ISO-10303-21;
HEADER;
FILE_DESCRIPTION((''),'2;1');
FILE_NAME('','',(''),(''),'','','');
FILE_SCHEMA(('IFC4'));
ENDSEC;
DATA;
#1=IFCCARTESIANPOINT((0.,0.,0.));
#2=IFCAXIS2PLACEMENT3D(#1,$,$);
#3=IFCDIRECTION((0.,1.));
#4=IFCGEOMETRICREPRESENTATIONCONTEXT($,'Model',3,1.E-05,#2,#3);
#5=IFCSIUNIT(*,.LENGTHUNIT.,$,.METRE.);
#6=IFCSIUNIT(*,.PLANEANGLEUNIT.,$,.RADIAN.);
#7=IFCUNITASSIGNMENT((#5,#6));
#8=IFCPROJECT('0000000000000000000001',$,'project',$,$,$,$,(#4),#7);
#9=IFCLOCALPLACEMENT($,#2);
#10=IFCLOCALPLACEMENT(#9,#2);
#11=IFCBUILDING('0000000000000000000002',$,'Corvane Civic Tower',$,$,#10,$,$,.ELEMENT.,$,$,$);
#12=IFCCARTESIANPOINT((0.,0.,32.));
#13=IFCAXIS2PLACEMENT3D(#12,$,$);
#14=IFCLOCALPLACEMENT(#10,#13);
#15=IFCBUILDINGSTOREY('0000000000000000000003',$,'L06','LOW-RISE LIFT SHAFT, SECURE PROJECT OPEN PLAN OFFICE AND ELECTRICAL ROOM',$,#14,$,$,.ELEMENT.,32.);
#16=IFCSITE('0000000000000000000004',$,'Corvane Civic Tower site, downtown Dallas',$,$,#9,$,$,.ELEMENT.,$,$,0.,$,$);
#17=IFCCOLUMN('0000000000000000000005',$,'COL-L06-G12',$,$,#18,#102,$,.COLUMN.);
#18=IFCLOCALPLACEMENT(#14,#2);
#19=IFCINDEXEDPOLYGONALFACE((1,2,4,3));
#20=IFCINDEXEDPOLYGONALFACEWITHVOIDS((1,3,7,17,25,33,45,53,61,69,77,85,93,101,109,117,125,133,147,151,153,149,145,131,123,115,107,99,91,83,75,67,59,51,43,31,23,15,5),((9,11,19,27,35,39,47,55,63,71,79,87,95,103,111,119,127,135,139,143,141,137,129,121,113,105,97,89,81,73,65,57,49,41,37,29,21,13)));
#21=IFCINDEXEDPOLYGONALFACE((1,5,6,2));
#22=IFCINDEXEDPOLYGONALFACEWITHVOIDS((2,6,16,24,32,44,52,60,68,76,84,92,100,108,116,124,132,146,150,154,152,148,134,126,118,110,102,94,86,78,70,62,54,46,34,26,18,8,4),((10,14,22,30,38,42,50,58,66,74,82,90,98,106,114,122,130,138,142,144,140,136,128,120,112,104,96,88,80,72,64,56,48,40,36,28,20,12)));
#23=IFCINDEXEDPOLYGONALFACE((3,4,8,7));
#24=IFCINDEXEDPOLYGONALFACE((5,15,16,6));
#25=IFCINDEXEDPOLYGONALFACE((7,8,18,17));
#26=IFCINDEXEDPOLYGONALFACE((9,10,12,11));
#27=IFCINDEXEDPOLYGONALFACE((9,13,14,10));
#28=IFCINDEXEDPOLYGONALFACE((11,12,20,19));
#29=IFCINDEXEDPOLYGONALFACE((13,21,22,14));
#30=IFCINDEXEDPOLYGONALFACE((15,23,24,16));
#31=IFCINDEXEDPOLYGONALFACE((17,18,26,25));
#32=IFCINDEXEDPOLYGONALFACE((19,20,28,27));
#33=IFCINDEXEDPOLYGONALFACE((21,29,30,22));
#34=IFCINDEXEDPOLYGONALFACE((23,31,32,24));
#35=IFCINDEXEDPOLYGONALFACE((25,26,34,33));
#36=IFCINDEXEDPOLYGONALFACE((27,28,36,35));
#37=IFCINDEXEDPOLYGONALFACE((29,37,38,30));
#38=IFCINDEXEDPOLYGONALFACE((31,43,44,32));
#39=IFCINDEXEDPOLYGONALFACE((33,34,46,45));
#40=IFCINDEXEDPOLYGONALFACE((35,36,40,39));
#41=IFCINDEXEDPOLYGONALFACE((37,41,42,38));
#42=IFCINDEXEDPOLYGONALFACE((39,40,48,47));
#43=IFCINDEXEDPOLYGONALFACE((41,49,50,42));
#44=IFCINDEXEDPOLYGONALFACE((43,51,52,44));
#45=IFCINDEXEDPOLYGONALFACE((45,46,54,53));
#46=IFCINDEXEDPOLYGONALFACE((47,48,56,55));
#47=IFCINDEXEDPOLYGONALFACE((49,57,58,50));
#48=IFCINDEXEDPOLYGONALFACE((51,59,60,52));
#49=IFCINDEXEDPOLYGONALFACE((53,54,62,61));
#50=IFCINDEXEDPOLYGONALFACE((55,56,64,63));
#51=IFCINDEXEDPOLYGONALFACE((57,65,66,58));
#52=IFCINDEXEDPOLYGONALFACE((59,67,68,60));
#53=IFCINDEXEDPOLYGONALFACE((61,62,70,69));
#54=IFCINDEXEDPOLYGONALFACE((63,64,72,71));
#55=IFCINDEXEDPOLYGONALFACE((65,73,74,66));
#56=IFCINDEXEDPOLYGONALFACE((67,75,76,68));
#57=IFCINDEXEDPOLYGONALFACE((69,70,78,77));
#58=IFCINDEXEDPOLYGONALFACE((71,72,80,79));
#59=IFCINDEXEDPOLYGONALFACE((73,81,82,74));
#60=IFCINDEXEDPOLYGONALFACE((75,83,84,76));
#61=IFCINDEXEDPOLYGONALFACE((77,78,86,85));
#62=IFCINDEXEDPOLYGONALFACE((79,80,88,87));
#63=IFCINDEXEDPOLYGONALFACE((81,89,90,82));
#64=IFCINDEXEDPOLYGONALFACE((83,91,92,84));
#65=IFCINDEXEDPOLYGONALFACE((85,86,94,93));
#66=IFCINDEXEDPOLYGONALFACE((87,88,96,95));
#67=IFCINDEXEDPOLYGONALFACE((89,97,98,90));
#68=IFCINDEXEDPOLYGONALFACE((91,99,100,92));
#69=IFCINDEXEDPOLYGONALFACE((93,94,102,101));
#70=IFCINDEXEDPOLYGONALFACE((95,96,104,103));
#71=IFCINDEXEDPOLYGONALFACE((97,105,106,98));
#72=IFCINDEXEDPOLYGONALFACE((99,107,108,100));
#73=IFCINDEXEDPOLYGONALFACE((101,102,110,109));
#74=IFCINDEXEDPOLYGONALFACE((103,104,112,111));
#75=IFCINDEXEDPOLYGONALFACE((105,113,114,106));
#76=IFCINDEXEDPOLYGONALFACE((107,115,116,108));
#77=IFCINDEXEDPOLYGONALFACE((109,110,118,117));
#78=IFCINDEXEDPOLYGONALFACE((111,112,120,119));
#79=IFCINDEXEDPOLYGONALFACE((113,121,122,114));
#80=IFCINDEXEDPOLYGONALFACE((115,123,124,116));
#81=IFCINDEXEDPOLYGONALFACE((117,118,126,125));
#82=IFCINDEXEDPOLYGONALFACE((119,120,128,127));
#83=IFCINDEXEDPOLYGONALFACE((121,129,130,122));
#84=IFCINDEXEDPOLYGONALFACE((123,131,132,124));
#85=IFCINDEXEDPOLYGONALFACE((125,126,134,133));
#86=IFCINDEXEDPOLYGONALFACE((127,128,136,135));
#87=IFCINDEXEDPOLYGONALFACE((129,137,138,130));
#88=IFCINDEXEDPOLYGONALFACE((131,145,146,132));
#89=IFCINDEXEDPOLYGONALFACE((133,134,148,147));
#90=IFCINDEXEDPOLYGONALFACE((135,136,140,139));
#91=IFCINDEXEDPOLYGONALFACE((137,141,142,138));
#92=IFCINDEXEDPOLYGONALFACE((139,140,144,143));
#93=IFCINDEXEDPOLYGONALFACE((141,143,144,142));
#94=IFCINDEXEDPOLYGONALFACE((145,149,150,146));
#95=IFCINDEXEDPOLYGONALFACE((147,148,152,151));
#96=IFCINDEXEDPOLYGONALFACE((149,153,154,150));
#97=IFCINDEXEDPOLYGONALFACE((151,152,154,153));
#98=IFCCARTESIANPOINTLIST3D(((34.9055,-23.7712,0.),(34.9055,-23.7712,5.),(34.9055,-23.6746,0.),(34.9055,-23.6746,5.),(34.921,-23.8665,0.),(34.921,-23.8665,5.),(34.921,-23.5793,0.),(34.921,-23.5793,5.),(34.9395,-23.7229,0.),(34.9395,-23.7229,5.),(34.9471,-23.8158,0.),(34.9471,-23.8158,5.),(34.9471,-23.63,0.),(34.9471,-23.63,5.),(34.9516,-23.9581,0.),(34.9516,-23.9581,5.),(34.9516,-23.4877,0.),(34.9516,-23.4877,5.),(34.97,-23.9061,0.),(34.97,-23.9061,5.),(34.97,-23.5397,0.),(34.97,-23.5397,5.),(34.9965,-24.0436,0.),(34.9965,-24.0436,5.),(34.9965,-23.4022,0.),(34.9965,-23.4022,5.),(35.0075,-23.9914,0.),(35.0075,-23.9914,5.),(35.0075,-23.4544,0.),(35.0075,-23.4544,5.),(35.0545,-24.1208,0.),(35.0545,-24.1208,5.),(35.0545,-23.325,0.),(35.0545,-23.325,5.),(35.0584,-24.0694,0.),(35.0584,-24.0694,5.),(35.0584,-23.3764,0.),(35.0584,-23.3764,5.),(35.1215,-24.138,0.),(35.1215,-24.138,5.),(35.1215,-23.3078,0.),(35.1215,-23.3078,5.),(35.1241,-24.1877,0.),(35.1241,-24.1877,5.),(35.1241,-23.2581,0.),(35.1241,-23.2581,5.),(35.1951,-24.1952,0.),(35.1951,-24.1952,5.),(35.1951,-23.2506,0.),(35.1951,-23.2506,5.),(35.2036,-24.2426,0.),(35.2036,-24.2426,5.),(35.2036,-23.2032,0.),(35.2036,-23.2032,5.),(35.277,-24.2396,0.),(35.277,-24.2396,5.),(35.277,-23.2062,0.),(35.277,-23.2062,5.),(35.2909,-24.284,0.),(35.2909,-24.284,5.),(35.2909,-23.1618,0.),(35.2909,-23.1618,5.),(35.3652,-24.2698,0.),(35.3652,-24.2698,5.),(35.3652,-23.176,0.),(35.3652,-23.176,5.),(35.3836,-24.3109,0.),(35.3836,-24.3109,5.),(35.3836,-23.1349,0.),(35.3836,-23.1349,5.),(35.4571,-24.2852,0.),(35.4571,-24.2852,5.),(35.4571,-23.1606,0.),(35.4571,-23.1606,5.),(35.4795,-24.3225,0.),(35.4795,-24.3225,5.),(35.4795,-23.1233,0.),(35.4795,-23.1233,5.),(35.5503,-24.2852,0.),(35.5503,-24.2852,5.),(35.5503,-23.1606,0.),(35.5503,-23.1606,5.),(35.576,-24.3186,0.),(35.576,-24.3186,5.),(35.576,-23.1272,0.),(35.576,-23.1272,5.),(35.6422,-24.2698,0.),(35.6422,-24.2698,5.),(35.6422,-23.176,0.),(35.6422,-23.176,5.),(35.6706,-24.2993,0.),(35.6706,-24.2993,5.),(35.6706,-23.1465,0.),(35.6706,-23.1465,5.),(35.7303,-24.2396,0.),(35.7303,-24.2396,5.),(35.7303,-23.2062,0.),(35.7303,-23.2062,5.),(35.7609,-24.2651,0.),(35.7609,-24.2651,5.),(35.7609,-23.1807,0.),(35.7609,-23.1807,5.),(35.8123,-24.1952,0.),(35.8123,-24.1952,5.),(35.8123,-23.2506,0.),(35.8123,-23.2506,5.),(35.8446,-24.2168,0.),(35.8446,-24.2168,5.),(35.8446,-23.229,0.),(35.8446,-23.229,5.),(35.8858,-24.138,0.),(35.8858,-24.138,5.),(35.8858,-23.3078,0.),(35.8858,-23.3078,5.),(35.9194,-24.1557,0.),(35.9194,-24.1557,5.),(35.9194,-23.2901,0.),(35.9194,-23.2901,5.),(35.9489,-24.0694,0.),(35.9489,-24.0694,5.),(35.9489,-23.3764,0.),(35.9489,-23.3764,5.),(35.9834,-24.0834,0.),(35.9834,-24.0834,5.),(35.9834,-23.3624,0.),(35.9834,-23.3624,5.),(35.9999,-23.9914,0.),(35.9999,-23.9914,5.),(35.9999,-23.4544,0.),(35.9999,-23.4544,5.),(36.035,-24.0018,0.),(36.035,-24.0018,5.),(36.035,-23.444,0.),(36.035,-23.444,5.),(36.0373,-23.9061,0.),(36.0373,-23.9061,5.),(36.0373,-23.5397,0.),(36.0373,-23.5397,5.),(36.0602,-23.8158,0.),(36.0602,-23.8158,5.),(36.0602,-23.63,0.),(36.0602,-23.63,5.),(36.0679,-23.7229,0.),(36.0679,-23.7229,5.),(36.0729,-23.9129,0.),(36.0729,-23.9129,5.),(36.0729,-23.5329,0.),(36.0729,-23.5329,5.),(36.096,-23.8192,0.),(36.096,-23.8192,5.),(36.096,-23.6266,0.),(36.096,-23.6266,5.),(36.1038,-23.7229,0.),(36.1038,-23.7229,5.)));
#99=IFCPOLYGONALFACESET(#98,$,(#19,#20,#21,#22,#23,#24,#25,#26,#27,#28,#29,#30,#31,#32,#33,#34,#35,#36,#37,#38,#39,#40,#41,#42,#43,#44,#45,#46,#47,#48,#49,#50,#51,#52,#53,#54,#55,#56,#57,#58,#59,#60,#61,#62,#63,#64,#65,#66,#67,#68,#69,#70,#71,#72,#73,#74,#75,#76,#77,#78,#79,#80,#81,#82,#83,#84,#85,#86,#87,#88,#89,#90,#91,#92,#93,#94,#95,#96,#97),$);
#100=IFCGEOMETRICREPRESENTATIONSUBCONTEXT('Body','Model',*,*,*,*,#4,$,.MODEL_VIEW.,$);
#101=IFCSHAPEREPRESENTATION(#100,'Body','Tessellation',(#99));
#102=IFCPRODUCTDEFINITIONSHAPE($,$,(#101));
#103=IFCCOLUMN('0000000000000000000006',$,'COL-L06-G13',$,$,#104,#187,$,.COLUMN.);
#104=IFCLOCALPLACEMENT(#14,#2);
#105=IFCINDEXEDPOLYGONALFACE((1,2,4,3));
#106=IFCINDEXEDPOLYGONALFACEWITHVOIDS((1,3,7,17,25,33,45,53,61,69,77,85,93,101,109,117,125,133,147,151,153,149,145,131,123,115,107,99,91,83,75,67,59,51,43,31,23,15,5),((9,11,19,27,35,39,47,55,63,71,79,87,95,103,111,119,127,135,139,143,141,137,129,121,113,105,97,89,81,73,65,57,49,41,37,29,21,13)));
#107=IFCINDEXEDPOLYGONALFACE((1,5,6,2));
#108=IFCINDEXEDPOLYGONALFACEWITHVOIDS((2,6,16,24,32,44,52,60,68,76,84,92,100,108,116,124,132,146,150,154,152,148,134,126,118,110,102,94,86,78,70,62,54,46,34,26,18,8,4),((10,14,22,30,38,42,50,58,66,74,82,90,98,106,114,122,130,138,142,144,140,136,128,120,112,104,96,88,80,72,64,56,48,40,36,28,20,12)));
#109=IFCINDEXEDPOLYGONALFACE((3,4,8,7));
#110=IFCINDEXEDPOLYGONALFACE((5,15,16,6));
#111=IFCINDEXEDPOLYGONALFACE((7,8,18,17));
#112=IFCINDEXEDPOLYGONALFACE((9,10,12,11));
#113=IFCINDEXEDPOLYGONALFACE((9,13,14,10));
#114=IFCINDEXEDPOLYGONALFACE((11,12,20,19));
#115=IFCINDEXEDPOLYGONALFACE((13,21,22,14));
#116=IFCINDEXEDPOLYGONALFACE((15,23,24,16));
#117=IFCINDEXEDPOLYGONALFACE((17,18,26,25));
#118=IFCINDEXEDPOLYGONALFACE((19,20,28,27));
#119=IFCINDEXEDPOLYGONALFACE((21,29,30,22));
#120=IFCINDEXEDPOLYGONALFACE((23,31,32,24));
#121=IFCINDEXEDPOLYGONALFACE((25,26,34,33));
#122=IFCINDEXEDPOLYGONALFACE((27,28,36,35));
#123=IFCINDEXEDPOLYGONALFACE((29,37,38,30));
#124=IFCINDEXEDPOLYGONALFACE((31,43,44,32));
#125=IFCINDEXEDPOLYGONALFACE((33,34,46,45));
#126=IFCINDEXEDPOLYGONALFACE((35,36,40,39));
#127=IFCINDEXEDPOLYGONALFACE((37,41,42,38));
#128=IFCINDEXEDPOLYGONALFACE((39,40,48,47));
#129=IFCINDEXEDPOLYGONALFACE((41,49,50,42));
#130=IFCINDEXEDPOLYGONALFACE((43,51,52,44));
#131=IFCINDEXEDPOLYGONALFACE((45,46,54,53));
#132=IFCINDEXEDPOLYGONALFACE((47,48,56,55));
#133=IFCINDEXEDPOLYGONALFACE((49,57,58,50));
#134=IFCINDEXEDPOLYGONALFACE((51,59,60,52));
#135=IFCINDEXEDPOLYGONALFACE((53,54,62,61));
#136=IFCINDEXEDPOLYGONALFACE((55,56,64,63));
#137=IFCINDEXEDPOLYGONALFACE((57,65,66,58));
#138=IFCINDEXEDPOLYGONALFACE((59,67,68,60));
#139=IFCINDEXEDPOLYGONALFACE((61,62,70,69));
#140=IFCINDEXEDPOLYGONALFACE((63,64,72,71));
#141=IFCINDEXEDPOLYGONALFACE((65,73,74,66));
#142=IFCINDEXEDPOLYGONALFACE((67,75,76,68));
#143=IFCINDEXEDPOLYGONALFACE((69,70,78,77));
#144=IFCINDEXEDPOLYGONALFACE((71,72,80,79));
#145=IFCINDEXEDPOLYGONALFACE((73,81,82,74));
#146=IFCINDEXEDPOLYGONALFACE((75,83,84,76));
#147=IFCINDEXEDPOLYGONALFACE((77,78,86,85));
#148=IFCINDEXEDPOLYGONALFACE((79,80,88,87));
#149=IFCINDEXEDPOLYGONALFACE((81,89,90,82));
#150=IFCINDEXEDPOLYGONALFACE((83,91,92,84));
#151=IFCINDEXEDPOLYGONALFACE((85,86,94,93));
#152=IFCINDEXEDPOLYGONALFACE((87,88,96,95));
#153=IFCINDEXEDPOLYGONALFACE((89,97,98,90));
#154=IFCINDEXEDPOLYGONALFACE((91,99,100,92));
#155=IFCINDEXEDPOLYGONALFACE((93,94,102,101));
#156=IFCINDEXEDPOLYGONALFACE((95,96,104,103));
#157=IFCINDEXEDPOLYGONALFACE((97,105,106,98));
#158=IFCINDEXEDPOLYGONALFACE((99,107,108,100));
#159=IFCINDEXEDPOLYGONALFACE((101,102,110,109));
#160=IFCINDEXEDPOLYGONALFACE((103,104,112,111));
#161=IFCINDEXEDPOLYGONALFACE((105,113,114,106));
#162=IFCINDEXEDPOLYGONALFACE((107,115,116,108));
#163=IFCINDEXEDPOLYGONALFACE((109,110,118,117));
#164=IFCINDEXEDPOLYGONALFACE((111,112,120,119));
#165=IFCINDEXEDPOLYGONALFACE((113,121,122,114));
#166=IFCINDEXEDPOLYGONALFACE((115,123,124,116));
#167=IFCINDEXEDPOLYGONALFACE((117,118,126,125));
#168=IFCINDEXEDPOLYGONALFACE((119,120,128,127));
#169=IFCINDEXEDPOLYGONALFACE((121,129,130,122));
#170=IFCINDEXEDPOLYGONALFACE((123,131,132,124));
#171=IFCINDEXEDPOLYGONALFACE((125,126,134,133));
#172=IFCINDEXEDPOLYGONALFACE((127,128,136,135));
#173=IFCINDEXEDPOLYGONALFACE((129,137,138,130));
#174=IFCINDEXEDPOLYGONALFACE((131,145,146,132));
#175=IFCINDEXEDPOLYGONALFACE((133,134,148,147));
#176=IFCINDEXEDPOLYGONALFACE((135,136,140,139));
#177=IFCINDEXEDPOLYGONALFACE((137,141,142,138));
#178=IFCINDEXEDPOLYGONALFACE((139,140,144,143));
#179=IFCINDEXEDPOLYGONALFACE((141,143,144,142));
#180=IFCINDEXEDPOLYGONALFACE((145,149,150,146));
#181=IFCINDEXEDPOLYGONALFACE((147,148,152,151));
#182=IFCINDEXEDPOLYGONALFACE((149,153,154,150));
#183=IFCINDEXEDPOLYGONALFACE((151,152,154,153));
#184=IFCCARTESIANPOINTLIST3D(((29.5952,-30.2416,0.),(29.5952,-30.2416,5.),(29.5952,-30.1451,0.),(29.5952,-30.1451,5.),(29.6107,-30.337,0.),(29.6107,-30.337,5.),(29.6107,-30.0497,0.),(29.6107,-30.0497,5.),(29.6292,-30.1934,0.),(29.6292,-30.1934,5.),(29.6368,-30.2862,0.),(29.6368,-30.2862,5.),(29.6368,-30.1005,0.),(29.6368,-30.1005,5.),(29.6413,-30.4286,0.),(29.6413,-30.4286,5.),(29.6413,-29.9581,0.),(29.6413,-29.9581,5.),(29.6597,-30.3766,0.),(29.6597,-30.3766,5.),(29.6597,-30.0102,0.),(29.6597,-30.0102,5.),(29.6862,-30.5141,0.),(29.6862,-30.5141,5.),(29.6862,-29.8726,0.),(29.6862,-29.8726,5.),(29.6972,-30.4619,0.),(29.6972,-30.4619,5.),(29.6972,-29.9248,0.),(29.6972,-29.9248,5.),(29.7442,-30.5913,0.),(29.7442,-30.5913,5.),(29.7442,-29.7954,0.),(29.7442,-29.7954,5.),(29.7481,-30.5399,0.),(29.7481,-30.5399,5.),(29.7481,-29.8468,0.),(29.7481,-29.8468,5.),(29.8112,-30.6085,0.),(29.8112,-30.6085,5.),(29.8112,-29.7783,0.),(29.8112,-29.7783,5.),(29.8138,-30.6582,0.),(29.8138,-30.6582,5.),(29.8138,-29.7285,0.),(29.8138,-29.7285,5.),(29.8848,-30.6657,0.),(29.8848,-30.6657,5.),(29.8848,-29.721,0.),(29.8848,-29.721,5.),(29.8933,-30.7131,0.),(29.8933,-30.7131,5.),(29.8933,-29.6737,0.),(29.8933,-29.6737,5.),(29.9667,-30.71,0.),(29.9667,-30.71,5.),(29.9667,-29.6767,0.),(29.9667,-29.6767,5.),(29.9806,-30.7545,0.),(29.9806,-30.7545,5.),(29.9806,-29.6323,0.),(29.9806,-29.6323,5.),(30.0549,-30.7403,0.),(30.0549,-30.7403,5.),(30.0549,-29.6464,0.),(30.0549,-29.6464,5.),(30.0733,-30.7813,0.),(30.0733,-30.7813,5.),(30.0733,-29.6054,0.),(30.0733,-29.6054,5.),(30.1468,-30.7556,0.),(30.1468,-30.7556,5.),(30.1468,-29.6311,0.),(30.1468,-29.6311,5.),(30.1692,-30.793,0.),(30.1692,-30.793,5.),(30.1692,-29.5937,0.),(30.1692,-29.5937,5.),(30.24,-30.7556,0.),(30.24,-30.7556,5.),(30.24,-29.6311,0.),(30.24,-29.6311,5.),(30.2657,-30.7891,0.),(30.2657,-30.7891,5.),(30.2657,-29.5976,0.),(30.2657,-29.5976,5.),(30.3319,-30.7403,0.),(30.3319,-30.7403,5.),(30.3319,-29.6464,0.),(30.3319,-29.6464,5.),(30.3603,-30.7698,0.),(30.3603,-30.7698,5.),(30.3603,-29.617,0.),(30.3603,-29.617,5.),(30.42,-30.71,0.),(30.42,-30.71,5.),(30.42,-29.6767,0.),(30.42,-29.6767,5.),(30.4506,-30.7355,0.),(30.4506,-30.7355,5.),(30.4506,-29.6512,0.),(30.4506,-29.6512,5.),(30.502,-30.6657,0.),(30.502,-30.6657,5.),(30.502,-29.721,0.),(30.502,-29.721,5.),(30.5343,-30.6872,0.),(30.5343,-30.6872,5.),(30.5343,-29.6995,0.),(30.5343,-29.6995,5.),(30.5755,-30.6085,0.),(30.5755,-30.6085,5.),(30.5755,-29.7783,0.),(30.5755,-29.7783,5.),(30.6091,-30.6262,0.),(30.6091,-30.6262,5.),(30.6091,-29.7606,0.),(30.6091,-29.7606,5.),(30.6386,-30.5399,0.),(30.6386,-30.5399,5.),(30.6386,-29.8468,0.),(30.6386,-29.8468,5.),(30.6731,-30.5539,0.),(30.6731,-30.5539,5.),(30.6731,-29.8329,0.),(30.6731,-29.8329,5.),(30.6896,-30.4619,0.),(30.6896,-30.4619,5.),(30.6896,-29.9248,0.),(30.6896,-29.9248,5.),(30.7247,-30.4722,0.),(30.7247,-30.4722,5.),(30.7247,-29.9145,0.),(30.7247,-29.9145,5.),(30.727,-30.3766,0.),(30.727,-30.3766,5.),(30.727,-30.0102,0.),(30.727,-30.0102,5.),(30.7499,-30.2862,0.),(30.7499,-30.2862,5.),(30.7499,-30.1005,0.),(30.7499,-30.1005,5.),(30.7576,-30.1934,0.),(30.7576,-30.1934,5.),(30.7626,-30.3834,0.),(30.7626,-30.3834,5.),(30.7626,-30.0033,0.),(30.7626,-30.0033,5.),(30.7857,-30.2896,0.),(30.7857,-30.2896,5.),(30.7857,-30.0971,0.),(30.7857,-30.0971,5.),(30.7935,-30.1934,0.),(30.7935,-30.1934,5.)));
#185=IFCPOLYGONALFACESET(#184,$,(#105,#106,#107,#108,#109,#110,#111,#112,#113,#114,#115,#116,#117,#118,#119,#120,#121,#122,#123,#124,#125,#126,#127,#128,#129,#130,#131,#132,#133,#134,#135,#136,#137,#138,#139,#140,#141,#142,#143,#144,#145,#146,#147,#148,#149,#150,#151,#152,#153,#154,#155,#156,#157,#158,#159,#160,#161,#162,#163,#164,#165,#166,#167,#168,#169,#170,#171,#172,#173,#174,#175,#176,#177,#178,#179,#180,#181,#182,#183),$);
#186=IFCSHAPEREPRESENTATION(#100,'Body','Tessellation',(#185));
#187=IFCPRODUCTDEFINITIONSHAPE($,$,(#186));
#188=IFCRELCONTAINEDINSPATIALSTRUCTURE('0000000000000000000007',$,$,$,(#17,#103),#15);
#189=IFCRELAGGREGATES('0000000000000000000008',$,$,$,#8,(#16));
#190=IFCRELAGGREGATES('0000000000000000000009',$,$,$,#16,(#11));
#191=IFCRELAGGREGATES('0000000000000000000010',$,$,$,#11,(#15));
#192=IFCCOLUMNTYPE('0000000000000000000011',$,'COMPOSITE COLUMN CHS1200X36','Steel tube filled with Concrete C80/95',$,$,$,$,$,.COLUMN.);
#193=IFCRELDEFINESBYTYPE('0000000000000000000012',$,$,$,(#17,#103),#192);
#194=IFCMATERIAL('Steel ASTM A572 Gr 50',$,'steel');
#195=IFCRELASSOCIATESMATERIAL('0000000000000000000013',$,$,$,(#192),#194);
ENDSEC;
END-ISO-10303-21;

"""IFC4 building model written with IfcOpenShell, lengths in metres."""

from ifc_helpers import new_model, si_unit, direction, frame, origin, origin_2d, place, context, subcontext, project, spatial, hollow_circle, extrude, material, material_profile, profile_set, type_object, element, save


model = new_model("IFC4")

# Units and contexts
model_context = context("Model", 3, precision=1e-05, world=origin(), true_north=direction((0.0, 1.0)))
body_context = subcontext(model_context, "Body", "Model", "MODEL_VIEW")
ifc_project = project(units=[si_unit("LENGTHUNIT", "METRE"), si_unit("PLANEANGLEUNIT", "RADIAN")], contexts=[model_context])

# Site, building, storey
site_placement = place(None, origin())
site = spatial("IfcSite", under=ifc_project, at=site_placement, Name="Corvane Civic Tower site, downtown Dallas", CompositionType="ELEMENT", RefElevation=0.0)
building_placement = place(site_placement, origin())
building = spatial("IfcBuilding", under=site, at=building_placement, Name="Corvane Civic Tower", CompositionType="ELEMENT")
storey_placement = place(building_placement, frame((0.0, 0.0, 32.0)))
storey = spatial("IfcBuildingStorey", under=building, at=storey_placement, Name="L06", Description="LOW-RISE LIFT SHAFT, SECURE PROJECT OPEN PLAN OFFICE AND ELECTRICAL ROOM", CompositionType="ELEMENT", Elevation=32.0)

# Columns
ifc_material_1 = material(Name="Steel ASTM A572 Gr 50", Category="steel")
ifc_material_profile_1 = material_profile(ifc_material_1, hollow_circle(Radius=0.6001, WallThickness=0.0359, at=origin_2d()), Name="CHS1200X36")
ifc_profile_set_1 = profile_set([ifc_material_profile_1], Name="Steel ASTM A572 Gr 50")
column_type_1 = type_object("IfcColumnType", Name="COMPOSITE COLUMN CHS1200X36", Description="Steel tube filled with Concrete C80/95", PredefinedType="COLUMN", material=ifc_profile_set_1)
for number, where, z_axis, x_axis, name in (
    (1, (35.5037, -23.7229, 0.0), (0.0, 0.0, 1.0), (1.0, 0.0, 0.0), "COL-L06-G12"),
    (2, (30.1934, -30.1934, 0.0), (0.0, 0.0, 1.0), (1.0, 0.0, 0.0), "COL-L06-G13"),
):
    element("IfcColumn", number, at=place(storey_placement, frame(where, z_axis=z_axis, x_axis=x_axis)), inside=storey, type_object=column_type_1, Name=name, PredefinedType="COLUMN", context=body_context, shape_type="SweptSolid", body=[
        extrude(hollow_circle(Radius=0.6001, WallThickness=0.0359, at=origin_2d()), origin(), (0.0, 0.0, 1.0), 5.0),
    ])

save(model, "model.ifc")
